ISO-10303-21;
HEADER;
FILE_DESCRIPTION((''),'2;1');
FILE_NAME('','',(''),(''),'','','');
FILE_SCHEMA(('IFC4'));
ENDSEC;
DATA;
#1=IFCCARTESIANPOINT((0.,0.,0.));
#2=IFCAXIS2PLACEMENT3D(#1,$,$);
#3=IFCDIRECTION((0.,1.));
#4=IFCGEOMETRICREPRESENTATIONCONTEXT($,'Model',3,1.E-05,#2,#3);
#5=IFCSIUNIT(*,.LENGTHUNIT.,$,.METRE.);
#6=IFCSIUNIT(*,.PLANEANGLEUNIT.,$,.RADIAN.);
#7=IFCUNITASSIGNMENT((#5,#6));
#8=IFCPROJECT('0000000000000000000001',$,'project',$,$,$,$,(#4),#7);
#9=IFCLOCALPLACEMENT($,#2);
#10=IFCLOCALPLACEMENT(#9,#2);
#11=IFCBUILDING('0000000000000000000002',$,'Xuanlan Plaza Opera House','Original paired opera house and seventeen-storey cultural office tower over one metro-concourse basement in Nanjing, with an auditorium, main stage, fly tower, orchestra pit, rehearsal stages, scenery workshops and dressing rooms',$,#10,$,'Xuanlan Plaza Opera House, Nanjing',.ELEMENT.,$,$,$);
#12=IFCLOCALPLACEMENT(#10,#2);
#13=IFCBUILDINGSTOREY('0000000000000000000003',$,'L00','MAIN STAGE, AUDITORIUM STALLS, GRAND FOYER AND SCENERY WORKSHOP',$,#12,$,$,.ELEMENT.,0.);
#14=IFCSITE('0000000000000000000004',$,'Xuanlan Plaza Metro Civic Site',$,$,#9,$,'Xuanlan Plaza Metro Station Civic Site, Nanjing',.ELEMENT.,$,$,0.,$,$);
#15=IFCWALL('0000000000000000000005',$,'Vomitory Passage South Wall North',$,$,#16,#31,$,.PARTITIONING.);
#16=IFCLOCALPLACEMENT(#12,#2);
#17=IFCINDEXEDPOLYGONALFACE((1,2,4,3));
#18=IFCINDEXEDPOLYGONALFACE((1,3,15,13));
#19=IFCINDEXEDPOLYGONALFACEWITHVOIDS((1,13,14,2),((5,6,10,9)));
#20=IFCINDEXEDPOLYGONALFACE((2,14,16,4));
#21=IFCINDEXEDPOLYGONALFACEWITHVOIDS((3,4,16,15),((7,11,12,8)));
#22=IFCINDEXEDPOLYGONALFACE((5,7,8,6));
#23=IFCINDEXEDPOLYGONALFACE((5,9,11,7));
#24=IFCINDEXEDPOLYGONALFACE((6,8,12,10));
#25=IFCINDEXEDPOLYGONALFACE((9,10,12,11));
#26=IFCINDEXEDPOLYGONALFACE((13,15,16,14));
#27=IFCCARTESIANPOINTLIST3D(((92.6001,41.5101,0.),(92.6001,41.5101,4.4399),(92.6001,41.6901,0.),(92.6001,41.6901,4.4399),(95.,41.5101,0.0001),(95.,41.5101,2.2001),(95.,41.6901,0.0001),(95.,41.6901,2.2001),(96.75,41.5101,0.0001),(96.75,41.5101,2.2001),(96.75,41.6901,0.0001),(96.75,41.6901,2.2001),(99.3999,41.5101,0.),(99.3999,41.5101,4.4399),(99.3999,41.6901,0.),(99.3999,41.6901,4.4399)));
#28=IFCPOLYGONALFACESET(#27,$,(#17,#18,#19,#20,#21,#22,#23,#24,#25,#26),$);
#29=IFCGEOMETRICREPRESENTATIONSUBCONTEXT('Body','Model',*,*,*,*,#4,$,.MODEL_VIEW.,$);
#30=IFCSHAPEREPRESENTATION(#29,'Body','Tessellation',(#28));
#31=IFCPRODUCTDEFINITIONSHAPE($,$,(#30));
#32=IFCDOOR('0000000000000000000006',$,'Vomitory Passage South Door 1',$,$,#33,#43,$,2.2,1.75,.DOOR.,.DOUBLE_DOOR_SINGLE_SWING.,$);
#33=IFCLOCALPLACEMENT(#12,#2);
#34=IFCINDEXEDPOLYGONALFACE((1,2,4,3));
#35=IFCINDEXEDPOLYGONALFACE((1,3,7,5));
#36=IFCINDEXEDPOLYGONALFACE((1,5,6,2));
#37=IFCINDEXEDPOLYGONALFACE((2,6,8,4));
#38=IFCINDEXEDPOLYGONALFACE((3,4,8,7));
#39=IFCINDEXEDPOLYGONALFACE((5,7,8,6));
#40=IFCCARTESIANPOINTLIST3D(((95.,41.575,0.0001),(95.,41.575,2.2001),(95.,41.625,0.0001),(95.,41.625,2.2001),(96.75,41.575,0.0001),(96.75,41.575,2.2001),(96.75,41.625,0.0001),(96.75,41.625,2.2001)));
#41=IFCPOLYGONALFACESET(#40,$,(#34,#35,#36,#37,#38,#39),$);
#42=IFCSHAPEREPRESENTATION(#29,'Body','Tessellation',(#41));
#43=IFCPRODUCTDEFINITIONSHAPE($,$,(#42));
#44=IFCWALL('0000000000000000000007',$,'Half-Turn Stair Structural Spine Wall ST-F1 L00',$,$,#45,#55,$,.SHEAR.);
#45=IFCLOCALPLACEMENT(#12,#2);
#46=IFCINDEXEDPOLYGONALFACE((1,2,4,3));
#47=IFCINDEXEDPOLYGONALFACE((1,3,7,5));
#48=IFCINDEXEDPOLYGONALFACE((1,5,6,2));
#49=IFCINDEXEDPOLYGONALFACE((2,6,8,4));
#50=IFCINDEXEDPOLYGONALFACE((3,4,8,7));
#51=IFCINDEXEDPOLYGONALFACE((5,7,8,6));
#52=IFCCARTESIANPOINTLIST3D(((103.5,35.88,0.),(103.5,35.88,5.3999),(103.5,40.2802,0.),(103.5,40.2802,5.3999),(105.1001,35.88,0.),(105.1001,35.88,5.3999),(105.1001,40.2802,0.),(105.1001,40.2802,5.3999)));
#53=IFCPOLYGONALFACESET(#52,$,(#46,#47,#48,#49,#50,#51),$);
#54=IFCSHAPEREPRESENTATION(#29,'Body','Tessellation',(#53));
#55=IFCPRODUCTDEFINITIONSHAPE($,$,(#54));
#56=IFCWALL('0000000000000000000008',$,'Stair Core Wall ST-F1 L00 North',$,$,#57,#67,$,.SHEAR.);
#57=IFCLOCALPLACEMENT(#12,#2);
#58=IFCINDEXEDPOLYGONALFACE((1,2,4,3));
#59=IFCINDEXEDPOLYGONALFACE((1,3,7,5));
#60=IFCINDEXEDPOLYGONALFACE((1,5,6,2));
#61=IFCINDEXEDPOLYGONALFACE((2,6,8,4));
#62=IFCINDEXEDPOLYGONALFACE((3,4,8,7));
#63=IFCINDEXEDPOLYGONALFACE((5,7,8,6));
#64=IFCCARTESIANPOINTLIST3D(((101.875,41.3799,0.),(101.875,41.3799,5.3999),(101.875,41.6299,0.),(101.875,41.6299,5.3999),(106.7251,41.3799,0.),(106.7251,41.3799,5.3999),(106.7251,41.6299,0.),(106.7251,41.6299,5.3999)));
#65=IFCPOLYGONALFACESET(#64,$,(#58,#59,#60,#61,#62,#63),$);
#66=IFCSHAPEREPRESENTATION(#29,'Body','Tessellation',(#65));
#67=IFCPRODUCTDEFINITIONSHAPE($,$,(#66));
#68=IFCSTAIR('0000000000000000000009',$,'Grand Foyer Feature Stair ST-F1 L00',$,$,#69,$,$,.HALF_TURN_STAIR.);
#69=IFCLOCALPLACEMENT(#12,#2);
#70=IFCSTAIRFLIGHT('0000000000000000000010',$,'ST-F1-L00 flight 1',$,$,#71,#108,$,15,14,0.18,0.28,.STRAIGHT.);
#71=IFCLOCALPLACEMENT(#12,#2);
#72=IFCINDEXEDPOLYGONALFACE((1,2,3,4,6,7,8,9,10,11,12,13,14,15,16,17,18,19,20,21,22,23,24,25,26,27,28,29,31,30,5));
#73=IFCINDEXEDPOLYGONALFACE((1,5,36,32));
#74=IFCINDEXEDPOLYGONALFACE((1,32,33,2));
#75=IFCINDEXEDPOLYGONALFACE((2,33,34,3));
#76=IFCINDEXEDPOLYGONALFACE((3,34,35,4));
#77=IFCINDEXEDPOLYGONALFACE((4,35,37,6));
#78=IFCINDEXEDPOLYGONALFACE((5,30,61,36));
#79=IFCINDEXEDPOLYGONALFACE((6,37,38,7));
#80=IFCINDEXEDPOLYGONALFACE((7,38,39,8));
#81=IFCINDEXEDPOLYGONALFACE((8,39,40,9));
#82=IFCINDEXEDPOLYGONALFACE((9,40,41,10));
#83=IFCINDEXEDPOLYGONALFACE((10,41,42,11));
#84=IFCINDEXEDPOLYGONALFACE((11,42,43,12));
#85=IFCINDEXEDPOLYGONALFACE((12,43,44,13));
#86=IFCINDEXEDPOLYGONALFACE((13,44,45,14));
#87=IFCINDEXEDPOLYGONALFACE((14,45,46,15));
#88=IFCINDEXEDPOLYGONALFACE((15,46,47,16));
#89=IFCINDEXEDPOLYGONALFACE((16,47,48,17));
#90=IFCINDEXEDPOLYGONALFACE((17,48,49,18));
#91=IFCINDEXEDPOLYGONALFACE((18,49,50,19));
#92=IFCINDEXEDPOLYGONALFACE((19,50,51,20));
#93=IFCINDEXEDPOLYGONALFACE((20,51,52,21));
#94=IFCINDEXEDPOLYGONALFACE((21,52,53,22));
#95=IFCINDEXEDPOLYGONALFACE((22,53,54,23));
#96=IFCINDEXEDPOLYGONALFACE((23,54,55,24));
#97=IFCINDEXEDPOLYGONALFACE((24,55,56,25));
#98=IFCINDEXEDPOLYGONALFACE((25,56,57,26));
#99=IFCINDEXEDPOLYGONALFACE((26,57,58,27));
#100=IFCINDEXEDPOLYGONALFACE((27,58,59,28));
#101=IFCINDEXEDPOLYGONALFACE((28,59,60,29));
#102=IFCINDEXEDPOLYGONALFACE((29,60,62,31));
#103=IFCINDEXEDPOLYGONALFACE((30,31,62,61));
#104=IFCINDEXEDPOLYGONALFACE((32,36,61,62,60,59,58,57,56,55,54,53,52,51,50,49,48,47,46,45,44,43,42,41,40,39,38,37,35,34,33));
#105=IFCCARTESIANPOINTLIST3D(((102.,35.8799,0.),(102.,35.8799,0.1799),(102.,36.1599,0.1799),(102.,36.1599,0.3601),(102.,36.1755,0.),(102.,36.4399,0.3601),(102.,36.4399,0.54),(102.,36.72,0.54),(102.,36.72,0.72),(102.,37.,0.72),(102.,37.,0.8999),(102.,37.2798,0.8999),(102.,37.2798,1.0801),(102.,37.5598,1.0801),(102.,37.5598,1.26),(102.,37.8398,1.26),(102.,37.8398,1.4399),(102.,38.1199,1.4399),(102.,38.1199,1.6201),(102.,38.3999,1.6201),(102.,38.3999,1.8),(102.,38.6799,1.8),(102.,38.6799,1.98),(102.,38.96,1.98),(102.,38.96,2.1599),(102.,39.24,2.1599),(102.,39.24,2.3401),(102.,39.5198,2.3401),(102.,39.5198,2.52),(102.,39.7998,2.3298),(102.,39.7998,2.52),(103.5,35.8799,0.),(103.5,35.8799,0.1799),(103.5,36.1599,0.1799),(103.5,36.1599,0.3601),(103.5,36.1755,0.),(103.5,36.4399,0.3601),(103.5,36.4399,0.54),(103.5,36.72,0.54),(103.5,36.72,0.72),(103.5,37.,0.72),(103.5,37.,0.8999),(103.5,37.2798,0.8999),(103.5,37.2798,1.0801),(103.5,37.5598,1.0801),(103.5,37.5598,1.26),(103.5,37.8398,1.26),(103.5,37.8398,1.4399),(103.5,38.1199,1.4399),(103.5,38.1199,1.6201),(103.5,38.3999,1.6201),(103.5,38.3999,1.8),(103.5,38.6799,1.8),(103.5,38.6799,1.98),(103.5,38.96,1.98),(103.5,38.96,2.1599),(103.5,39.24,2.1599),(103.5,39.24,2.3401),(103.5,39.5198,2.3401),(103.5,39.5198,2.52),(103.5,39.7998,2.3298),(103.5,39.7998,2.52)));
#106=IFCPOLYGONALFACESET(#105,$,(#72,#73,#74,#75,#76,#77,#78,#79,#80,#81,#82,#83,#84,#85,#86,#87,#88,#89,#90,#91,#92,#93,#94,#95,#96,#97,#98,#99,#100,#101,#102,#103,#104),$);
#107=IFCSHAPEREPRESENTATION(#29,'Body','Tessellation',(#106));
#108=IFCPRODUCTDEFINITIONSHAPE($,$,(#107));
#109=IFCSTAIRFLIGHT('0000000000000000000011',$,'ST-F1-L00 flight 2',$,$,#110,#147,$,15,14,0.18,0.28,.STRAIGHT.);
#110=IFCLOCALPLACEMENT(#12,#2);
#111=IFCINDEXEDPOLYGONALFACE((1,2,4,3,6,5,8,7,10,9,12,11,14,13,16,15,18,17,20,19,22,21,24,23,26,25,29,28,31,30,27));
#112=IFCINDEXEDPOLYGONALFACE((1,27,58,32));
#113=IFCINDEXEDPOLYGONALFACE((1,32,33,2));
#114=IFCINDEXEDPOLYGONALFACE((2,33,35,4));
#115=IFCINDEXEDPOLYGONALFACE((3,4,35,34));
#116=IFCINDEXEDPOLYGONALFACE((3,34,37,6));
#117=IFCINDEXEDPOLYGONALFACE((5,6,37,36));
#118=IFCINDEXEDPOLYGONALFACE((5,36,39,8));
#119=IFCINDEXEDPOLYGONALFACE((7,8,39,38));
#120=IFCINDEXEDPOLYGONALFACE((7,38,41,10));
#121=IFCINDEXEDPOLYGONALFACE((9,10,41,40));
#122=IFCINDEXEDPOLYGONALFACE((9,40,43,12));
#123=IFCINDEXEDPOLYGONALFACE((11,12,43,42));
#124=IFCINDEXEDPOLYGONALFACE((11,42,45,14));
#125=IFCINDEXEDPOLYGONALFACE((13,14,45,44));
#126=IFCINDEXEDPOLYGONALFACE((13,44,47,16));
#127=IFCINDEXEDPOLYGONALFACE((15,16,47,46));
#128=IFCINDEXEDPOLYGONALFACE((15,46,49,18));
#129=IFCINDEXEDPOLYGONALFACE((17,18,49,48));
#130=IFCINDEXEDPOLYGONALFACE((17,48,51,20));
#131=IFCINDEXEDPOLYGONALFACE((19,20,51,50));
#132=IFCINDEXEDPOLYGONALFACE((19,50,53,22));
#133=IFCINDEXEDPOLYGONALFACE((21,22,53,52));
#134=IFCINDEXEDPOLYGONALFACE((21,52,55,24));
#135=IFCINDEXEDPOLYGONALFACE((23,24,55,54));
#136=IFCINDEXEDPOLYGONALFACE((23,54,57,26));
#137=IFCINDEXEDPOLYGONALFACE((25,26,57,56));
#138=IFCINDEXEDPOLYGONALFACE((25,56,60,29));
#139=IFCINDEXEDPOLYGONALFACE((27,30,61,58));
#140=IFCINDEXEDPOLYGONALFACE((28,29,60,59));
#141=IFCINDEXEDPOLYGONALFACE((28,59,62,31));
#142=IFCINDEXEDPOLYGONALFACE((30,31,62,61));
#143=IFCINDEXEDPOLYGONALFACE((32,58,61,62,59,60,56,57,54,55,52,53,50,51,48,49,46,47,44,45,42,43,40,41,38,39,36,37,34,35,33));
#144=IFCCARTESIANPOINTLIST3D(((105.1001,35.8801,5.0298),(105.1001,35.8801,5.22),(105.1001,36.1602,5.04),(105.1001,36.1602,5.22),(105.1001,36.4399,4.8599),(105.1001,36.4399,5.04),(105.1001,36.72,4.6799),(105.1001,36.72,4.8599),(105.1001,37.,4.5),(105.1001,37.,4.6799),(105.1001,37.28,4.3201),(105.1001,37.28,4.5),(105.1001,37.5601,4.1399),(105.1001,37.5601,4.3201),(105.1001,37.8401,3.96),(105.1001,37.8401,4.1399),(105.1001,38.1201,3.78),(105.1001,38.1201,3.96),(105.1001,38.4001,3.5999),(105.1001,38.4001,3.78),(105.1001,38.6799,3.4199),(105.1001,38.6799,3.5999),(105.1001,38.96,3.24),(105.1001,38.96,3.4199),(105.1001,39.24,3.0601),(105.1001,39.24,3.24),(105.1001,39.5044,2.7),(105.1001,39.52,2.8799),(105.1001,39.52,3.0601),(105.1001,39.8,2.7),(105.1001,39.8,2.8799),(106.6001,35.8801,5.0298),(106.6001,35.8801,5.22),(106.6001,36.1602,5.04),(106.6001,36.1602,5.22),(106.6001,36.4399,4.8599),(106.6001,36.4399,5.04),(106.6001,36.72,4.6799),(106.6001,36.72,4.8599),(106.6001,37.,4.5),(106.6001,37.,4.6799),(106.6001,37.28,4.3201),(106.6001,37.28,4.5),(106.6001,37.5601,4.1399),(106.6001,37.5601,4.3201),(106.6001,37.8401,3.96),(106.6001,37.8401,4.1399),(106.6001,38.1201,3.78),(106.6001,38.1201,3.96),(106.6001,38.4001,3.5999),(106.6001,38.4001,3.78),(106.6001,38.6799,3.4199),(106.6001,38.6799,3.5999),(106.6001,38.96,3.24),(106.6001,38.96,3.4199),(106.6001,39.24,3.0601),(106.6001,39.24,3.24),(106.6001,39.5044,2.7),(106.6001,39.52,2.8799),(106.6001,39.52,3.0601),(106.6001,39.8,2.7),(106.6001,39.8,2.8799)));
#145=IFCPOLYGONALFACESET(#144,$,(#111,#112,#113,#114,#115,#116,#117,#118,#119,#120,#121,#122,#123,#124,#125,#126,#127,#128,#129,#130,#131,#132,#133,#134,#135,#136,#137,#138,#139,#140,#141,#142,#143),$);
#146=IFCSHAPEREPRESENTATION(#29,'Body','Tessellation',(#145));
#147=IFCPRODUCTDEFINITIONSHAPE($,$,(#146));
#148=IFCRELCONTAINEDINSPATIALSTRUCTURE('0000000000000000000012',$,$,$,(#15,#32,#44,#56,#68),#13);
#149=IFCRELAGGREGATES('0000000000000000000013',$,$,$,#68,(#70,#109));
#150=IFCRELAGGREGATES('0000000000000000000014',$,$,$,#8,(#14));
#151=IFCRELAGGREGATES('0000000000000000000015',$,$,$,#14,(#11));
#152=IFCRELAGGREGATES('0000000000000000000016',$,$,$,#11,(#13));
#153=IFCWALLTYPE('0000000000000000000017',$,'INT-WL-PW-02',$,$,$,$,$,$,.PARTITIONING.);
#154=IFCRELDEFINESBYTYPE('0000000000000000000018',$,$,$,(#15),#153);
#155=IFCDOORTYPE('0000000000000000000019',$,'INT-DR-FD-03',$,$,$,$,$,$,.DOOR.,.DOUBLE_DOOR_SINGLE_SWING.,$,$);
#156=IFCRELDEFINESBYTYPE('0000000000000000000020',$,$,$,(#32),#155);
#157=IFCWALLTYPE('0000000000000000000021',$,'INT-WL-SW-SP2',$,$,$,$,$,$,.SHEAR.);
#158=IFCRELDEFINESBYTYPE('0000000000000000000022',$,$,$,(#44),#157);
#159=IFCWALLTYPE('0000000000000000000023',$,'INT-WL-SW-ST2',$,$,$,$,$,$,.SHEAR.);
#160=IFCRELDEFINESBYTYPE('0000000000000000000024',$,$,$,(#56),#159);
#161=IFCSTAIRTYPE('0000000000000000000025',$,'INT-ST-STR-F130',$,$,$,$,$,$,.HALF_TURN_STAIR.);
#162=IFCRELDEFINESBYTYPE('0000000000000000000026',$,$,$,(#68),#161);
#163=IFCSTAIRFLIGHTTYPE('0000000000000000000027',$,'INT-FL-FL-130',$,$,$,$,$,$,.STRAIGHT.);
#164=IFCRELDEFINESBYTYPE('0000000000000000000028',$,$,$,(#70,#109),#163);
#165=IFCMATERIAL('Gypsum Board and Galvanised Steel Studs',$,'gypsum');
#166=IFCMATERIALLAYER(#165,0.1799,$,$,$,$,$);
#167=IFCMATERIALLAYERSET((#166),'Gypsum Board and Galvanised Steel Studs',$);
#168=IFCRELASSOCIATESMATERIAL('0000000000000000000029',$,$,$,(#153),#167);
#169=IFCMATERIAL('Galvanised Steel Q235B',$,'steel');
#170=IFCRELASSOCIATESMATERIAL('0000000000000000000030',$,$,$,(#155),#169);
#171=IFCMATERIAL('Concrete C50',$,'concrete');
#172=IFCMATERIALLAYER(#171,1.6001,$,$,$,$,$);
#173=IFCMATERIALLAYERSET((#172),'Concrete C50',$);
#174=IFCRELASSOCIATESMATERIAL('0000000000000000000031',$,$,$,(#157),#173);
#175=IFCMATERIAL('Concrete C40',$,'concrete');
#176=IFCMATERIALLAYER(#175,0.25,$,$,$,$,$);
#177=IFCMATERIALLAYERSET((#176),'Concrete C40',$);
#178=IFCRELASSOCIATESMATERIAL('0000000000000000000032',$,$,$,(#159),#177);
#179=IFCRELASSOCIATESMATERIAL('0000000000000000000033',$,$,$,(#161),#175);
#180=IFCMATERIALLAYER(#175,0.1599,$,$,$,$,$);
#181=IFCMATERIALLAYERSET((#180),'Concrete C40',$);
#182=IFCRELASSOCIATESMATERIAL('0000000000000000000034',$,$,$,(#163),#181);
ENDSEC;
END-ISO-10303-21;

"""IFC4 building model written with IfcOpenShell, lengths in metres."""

from ifc_helpers import new_model, si_unit, direction, frame, frame_2d, origin, place, context, subcontext, project, spatial, polyline, rectangle, outline, extrude, material, layer, layer_set, type_object, element, fill, aggregate, save


model = new_model("IFC4")

# Units and contexts
model_context = context("Model", 3, precision=1e-05, world=origin(), true_north=direction((0.0, 1.0)))
body_context = subcontext(model_context, "Body", "Model", "MODEL_VIEW")
ifc_project = project(units=[si_unit("LENGTHUNIT", "METRE"), si_unit("PLANEANGLEUNIT", "RADIAN")], contexts=[model_context])

# Site, building, storey
site_placement = place(None, origin())
site = spatial("IfcSite", under=ifc_project, at=site_placement, Name="Xuanlan Plaza Metro Civic Site", LongName="Xuanlan Plaza Metro Station Civic Site, Nanjing", CompositionType="ELEMENT", RefElevation=0.0)
building_placement = place(site_placement, origin())
building = spatial("IfcBuilding", under=site, at=building_placement, Name="Xuanlan Plaza Opera House", Description="Original paired opera house and seventeen-storey cultural office tower over one metro-concourse basement in Nanjing, with an auditorium, main stage, fly tower, orchestra pit, rehearsal stages, scenery workshops and dressing rooms", LongName="Xuanlan Plaza Opera House, Nanjing", CompositionType="ELEMENT")
storey_placement = place(building_placement, origin())
storey = spatial("IfcBuildingStorey", under=building, at=storey_placement, Name="L00", Description="MAIN STAGE, AUDITORIUM STALLS, GRAND FOYER AND SCENERY WORKSHOP", CompositionType="ELEMENT", Elevation=0.0)

# Shared definitions
ifc_material_1 = material(Name="Concrete C50", Category="concrete")

# Shared definitions
ifc_material_2 = material(Name="Concrete C40", Category="concrete")

# Wall, opening, door
ifc_material_3 = material(Name="Gypsum Board and Galvanised Steel Studs", Category="gypsum")
ifc_layer_1 = layer(ifc_material_3, 0.1799)
ifc_layer_set_1 = layer_set([ifc_layer_1], Name="Gypsum Board and Galvanised Steel Studs")
wall_type_1 = type_object("IfcWallType", Name="INT-WL-PW-02", PredefinedType="PARTITIONING", material=ifc_layer_set_1)
wall_1_placement = place(storey_placement, frame((92.6001, 41.6001, 0.0), z_axis=(0.0, 0.0, 1.0), x_axis=(1.0, 0.0, 0.0)))
wall_1 = element("IfcWall", 1, at=wall_1_placement, inside=storey, type_object=wall_type_1, Name="Vomitory Passage South Wall North", PredefinedType="PARTITIONING", context=body_context, shape_type="SweptSolid", body=[
    extrude(rectangle(XDim=6.7998, YDim=0.1799, at=frame_2d((3.3999, 0.0))), origin(), (0.0, 0.0, 1.0), 4.4399),
])
opening_1_placement = place(wall_1_placement, frame((2.3999, 0.0, 0.0)))
opening_1 = element("IfcOpeningElement", 2, at=opening_1_placement, cuts=wall_1, PredefinedType="OPENING", context=body_context, shape_type="SweptSolid", body=[
    extrude(rectangle(XDim=1.75, YDim=2.2, at=frame_2d((0.875, 1.1001))), frame((0.0, 0.0999, 0.0), z_axis=(0.0, -1.0, 0.0), x_axis=(1.0, 0.0, 0.0)), (0.0, 0.0, 1.0), 0.2),
])
ifc_material_4 = material(Name="Galvanised Steel Q235B", Category="steel")
door_type_1 = type_object("IfcDoorType", Name="INT-DR-FD-03", OperationType="DOUBLE_DOOR_SINGLE_SWING", PredefinedType="DOOR", material=ifc_material_4)
door_1_placement = place(opening_1_placement, origin())
door_1 = element("IfcDoor", 3, at=door_1_placement, inside=storey, type_object=door_type_1, Name="Vomitory Passage South Door 1", OperationType="DOUBLE_DOOR_SINGLE_SWING", OverallHeight=2.2, OverallWidth=1.75, PredefinedType="DOOR", context=body_context, shape_type="SweptSolid", body=[
    extrude(rectangle(XDim=1.75, YDim=2.2, at=frame_2d((0.875, 1.1001))), frame((0.0, 0.0249, 0.0), z_axis=(0.0, -1.0, 0.0), x_axis=(1.0, 0.0, 0.0)), (0.0, 0.0, 1.0), 0.05),
])
fill(opening_1, door_1)

# Walls
ifc_layer_2 = layer(ifc_material_1, 1.6001)
ifc_layer_set_2 = layer_set([ifc_layer_2], Name="Concrete C50")
wall_type_2 = type_object("IfcWallType", Name="INT-WL-SW-SP2", PredefinedType="SHEAR", material=ifc_layer_set_2)
wall_2_placement = place(storey_placement, frame((104.3, 35.8799, 0.0), z_axis=(0.0, 0.0, 1.0), x_axis=(0.0, 1.0, 0.0)))
element("IfcWall", 4, at=wall_2_placement, inside=storey, type_object=wall_type_2, Name="Half-Turn Stair Structural Spine Wall ST-F1 L00", PredefinedType="SHEAR", context=body_context, shape_type="SweptSolid", body=[
    extrude(rectangle(XDim=4.4001, YDim=1.6001, at=frame_2d((2.2002, 0.0))), origin(), (0.0, 0.0, 1.0), 5.3999),
])
ifc_layer_3 = layer(ifc_material_2, 0.25)
ifc_layer_set_3 = layer_set([ifc_layer_3], Name="Concrete C40")
wall_type_3 = type_object("IfcWallType", Name="INT-WL-SW-ST2", PredefinedType="SHEAR", material=ifc_layer_set_3)
wall_3_placement = place(storey_placement, frame((101.875, 41.5049, 0.0), z_axis=(0.0, 0.0, 1.0), x_axis=(1.0, 0.0, 0.0)))
element("IfcWall", 5, at=wall_3_placement, inside=storey, type_object=wall_type_3, Name="Stair Core Wall ST-F1 L00 North", PredefinedType="SHEAR", context=body_context, shape_type="SweptSolid", body=[
    extrude(rectangle(XDim=4.8501, YDim=0.25, at=frame_2d((2.425, 0.0))), origin(), (0.0, 0.0, 1.0), 5.3999),
])

# Stair, stair flights
stair_type = type_object("IfcStairType", Name="INT-ST-STR-F130", PredefinedType="HALF_TURN_STAIR", material=ifc_material_2)
stair_placement = place(storey_placement, origin())
stair = element("IfcStair", 6, at=stair_placement, inside=storey, type_object=stair_type, Name="Grand Foyer Feature Stair ST-F1 L00", PredefinedType="HALF_TURN_STAIR")
ifc_layer_4 = layer(ifc_material_2, 0.1599)
ifc_layer_set_4 = layer_set([ifc_layer_4], Name="Concrete C40")
stair_flight_type = type_object("IfcStairFlightType", Name="INT-FL-FL-130", PredefinedType="STRAIGHT", material=ifc_layer_set_4)
stair_flight_1_placement = place(storey_placement, frame((102.75, 35.8799, 0.0), z_axis=(0.0, 0.0, 1.0), x_axis=(0.0, 1.0, 0.0)))
stair_flight_1 = element("IfcStairFlight", 7, at=stair_flight_1_placement, type_object=stair_flight_type, Name="ST-F1-L00 flight 1", NumberOfRisers=15, NumberOfTreads=14, PredefinedType="STRAIGHT", RiserHeight=0.18, TreadLength=0.28, context=body_context, shape_type="SweptSolid", body=[
    extrude(outline(polyline([(0.0, 0.0), (0.0, 0.1799), (0.28, 0.1799), (0.28, 0.3601), (0.5601, 0.3601), (0.5601, 0.54), (0.8401, 0.54), (0.8401, 0.72), (1.1201, 0.72), (1.1201, 0.8999), (1.3999, 0.8999), (1.3999, 1.0801), (1.6799, 1.0801), (1.6799, 1.26), (1.96, 1.26), (1.96, 1.4399), (2.24, 1.4399), (2.24, 1.6201), (2.52, 1.6201), (2.52, 1.8), (2.8, 1.8), (2.8, 1.98), (3.0801, 1.98), (3.0801, 2.1599), (3.3601, 2.1599), (3.3601, 2.3401), (3.6399, 2.3401), (3.6399, 2.52), (3.9199, 2.52), (3.9199, 2.7), (3.9199, 2.3298), (0.2957, 0.0), (0.0, 0.0)])), frame((0.0, 0.75, 0.0), z_axis=(0.0, -1.0, 0.0), x_axis=(1.0, 0.0, 0.0)), (0.0, 0.0, 1.0), 1.5),
])
stair_flight_2_placement = place(storey_placement, frame((105.8501, 39.8, 2.7), z_axis=(0.0, 0.0, 1.0), x_axis=(0.0, -1.0, 0.0)))
stair_flight_2 = element("IfcStairFlight", 8, at=stair_flight_2_placement, type_object=stair_flight_type, Name="ST-F1-L00 flight 2", NumberOfRisers=15, NumberOfTreads=14, PredefinedType="STRAIGHT", RiserHeight=0.18, TreadLength=0.28, context=body_context, shape_type="SweptSolid", body=[
    extrude(outline(polyline([(0.0, 0.0), (0.0, 0.1799), (0.28, 0.1799), (0.28, 0.3601), (0.5601, 0.3601), (0.5601, 0.54), (0.8401, 0.54), (0.8401, 0.72), (1.1201, 0.72), (1.1201, 0.8999), (1.3999, 0.8999), (1.3999, 1.0801), (1.6799, 1.0801), (1.6799, 1.26), (1.96, 1.26), (1.96, 1.4399), (2.24, 1.4399), (2.24, 1.6201), (2.52, 1.6201), (2.52, 1.8), (2.8, 1.8), (2.8, 1.98), (3.0801, 1.98), (3.0801, 2.1599), (3.3601, 2.1599), (3.3601, 2.3401), (3.6399, 2.3401), (3.6399, 2.52), (3.9199, 2.52), (3.9199, 2.7), (3.9199, 2.3298), (0.2957, 0.0), (0.0, 0.0)])), frame((0.0, 0.75, 0.0), z_axis=(0.0, -1.0, 0.0), x_axis=(1.0, 0.0, 0.0)), (0.0, 0.0, 1.0), 1.5),
])
aggregate(stair, [stair_flight_1, stair_flight_2])

save(model, "model.ifc")
